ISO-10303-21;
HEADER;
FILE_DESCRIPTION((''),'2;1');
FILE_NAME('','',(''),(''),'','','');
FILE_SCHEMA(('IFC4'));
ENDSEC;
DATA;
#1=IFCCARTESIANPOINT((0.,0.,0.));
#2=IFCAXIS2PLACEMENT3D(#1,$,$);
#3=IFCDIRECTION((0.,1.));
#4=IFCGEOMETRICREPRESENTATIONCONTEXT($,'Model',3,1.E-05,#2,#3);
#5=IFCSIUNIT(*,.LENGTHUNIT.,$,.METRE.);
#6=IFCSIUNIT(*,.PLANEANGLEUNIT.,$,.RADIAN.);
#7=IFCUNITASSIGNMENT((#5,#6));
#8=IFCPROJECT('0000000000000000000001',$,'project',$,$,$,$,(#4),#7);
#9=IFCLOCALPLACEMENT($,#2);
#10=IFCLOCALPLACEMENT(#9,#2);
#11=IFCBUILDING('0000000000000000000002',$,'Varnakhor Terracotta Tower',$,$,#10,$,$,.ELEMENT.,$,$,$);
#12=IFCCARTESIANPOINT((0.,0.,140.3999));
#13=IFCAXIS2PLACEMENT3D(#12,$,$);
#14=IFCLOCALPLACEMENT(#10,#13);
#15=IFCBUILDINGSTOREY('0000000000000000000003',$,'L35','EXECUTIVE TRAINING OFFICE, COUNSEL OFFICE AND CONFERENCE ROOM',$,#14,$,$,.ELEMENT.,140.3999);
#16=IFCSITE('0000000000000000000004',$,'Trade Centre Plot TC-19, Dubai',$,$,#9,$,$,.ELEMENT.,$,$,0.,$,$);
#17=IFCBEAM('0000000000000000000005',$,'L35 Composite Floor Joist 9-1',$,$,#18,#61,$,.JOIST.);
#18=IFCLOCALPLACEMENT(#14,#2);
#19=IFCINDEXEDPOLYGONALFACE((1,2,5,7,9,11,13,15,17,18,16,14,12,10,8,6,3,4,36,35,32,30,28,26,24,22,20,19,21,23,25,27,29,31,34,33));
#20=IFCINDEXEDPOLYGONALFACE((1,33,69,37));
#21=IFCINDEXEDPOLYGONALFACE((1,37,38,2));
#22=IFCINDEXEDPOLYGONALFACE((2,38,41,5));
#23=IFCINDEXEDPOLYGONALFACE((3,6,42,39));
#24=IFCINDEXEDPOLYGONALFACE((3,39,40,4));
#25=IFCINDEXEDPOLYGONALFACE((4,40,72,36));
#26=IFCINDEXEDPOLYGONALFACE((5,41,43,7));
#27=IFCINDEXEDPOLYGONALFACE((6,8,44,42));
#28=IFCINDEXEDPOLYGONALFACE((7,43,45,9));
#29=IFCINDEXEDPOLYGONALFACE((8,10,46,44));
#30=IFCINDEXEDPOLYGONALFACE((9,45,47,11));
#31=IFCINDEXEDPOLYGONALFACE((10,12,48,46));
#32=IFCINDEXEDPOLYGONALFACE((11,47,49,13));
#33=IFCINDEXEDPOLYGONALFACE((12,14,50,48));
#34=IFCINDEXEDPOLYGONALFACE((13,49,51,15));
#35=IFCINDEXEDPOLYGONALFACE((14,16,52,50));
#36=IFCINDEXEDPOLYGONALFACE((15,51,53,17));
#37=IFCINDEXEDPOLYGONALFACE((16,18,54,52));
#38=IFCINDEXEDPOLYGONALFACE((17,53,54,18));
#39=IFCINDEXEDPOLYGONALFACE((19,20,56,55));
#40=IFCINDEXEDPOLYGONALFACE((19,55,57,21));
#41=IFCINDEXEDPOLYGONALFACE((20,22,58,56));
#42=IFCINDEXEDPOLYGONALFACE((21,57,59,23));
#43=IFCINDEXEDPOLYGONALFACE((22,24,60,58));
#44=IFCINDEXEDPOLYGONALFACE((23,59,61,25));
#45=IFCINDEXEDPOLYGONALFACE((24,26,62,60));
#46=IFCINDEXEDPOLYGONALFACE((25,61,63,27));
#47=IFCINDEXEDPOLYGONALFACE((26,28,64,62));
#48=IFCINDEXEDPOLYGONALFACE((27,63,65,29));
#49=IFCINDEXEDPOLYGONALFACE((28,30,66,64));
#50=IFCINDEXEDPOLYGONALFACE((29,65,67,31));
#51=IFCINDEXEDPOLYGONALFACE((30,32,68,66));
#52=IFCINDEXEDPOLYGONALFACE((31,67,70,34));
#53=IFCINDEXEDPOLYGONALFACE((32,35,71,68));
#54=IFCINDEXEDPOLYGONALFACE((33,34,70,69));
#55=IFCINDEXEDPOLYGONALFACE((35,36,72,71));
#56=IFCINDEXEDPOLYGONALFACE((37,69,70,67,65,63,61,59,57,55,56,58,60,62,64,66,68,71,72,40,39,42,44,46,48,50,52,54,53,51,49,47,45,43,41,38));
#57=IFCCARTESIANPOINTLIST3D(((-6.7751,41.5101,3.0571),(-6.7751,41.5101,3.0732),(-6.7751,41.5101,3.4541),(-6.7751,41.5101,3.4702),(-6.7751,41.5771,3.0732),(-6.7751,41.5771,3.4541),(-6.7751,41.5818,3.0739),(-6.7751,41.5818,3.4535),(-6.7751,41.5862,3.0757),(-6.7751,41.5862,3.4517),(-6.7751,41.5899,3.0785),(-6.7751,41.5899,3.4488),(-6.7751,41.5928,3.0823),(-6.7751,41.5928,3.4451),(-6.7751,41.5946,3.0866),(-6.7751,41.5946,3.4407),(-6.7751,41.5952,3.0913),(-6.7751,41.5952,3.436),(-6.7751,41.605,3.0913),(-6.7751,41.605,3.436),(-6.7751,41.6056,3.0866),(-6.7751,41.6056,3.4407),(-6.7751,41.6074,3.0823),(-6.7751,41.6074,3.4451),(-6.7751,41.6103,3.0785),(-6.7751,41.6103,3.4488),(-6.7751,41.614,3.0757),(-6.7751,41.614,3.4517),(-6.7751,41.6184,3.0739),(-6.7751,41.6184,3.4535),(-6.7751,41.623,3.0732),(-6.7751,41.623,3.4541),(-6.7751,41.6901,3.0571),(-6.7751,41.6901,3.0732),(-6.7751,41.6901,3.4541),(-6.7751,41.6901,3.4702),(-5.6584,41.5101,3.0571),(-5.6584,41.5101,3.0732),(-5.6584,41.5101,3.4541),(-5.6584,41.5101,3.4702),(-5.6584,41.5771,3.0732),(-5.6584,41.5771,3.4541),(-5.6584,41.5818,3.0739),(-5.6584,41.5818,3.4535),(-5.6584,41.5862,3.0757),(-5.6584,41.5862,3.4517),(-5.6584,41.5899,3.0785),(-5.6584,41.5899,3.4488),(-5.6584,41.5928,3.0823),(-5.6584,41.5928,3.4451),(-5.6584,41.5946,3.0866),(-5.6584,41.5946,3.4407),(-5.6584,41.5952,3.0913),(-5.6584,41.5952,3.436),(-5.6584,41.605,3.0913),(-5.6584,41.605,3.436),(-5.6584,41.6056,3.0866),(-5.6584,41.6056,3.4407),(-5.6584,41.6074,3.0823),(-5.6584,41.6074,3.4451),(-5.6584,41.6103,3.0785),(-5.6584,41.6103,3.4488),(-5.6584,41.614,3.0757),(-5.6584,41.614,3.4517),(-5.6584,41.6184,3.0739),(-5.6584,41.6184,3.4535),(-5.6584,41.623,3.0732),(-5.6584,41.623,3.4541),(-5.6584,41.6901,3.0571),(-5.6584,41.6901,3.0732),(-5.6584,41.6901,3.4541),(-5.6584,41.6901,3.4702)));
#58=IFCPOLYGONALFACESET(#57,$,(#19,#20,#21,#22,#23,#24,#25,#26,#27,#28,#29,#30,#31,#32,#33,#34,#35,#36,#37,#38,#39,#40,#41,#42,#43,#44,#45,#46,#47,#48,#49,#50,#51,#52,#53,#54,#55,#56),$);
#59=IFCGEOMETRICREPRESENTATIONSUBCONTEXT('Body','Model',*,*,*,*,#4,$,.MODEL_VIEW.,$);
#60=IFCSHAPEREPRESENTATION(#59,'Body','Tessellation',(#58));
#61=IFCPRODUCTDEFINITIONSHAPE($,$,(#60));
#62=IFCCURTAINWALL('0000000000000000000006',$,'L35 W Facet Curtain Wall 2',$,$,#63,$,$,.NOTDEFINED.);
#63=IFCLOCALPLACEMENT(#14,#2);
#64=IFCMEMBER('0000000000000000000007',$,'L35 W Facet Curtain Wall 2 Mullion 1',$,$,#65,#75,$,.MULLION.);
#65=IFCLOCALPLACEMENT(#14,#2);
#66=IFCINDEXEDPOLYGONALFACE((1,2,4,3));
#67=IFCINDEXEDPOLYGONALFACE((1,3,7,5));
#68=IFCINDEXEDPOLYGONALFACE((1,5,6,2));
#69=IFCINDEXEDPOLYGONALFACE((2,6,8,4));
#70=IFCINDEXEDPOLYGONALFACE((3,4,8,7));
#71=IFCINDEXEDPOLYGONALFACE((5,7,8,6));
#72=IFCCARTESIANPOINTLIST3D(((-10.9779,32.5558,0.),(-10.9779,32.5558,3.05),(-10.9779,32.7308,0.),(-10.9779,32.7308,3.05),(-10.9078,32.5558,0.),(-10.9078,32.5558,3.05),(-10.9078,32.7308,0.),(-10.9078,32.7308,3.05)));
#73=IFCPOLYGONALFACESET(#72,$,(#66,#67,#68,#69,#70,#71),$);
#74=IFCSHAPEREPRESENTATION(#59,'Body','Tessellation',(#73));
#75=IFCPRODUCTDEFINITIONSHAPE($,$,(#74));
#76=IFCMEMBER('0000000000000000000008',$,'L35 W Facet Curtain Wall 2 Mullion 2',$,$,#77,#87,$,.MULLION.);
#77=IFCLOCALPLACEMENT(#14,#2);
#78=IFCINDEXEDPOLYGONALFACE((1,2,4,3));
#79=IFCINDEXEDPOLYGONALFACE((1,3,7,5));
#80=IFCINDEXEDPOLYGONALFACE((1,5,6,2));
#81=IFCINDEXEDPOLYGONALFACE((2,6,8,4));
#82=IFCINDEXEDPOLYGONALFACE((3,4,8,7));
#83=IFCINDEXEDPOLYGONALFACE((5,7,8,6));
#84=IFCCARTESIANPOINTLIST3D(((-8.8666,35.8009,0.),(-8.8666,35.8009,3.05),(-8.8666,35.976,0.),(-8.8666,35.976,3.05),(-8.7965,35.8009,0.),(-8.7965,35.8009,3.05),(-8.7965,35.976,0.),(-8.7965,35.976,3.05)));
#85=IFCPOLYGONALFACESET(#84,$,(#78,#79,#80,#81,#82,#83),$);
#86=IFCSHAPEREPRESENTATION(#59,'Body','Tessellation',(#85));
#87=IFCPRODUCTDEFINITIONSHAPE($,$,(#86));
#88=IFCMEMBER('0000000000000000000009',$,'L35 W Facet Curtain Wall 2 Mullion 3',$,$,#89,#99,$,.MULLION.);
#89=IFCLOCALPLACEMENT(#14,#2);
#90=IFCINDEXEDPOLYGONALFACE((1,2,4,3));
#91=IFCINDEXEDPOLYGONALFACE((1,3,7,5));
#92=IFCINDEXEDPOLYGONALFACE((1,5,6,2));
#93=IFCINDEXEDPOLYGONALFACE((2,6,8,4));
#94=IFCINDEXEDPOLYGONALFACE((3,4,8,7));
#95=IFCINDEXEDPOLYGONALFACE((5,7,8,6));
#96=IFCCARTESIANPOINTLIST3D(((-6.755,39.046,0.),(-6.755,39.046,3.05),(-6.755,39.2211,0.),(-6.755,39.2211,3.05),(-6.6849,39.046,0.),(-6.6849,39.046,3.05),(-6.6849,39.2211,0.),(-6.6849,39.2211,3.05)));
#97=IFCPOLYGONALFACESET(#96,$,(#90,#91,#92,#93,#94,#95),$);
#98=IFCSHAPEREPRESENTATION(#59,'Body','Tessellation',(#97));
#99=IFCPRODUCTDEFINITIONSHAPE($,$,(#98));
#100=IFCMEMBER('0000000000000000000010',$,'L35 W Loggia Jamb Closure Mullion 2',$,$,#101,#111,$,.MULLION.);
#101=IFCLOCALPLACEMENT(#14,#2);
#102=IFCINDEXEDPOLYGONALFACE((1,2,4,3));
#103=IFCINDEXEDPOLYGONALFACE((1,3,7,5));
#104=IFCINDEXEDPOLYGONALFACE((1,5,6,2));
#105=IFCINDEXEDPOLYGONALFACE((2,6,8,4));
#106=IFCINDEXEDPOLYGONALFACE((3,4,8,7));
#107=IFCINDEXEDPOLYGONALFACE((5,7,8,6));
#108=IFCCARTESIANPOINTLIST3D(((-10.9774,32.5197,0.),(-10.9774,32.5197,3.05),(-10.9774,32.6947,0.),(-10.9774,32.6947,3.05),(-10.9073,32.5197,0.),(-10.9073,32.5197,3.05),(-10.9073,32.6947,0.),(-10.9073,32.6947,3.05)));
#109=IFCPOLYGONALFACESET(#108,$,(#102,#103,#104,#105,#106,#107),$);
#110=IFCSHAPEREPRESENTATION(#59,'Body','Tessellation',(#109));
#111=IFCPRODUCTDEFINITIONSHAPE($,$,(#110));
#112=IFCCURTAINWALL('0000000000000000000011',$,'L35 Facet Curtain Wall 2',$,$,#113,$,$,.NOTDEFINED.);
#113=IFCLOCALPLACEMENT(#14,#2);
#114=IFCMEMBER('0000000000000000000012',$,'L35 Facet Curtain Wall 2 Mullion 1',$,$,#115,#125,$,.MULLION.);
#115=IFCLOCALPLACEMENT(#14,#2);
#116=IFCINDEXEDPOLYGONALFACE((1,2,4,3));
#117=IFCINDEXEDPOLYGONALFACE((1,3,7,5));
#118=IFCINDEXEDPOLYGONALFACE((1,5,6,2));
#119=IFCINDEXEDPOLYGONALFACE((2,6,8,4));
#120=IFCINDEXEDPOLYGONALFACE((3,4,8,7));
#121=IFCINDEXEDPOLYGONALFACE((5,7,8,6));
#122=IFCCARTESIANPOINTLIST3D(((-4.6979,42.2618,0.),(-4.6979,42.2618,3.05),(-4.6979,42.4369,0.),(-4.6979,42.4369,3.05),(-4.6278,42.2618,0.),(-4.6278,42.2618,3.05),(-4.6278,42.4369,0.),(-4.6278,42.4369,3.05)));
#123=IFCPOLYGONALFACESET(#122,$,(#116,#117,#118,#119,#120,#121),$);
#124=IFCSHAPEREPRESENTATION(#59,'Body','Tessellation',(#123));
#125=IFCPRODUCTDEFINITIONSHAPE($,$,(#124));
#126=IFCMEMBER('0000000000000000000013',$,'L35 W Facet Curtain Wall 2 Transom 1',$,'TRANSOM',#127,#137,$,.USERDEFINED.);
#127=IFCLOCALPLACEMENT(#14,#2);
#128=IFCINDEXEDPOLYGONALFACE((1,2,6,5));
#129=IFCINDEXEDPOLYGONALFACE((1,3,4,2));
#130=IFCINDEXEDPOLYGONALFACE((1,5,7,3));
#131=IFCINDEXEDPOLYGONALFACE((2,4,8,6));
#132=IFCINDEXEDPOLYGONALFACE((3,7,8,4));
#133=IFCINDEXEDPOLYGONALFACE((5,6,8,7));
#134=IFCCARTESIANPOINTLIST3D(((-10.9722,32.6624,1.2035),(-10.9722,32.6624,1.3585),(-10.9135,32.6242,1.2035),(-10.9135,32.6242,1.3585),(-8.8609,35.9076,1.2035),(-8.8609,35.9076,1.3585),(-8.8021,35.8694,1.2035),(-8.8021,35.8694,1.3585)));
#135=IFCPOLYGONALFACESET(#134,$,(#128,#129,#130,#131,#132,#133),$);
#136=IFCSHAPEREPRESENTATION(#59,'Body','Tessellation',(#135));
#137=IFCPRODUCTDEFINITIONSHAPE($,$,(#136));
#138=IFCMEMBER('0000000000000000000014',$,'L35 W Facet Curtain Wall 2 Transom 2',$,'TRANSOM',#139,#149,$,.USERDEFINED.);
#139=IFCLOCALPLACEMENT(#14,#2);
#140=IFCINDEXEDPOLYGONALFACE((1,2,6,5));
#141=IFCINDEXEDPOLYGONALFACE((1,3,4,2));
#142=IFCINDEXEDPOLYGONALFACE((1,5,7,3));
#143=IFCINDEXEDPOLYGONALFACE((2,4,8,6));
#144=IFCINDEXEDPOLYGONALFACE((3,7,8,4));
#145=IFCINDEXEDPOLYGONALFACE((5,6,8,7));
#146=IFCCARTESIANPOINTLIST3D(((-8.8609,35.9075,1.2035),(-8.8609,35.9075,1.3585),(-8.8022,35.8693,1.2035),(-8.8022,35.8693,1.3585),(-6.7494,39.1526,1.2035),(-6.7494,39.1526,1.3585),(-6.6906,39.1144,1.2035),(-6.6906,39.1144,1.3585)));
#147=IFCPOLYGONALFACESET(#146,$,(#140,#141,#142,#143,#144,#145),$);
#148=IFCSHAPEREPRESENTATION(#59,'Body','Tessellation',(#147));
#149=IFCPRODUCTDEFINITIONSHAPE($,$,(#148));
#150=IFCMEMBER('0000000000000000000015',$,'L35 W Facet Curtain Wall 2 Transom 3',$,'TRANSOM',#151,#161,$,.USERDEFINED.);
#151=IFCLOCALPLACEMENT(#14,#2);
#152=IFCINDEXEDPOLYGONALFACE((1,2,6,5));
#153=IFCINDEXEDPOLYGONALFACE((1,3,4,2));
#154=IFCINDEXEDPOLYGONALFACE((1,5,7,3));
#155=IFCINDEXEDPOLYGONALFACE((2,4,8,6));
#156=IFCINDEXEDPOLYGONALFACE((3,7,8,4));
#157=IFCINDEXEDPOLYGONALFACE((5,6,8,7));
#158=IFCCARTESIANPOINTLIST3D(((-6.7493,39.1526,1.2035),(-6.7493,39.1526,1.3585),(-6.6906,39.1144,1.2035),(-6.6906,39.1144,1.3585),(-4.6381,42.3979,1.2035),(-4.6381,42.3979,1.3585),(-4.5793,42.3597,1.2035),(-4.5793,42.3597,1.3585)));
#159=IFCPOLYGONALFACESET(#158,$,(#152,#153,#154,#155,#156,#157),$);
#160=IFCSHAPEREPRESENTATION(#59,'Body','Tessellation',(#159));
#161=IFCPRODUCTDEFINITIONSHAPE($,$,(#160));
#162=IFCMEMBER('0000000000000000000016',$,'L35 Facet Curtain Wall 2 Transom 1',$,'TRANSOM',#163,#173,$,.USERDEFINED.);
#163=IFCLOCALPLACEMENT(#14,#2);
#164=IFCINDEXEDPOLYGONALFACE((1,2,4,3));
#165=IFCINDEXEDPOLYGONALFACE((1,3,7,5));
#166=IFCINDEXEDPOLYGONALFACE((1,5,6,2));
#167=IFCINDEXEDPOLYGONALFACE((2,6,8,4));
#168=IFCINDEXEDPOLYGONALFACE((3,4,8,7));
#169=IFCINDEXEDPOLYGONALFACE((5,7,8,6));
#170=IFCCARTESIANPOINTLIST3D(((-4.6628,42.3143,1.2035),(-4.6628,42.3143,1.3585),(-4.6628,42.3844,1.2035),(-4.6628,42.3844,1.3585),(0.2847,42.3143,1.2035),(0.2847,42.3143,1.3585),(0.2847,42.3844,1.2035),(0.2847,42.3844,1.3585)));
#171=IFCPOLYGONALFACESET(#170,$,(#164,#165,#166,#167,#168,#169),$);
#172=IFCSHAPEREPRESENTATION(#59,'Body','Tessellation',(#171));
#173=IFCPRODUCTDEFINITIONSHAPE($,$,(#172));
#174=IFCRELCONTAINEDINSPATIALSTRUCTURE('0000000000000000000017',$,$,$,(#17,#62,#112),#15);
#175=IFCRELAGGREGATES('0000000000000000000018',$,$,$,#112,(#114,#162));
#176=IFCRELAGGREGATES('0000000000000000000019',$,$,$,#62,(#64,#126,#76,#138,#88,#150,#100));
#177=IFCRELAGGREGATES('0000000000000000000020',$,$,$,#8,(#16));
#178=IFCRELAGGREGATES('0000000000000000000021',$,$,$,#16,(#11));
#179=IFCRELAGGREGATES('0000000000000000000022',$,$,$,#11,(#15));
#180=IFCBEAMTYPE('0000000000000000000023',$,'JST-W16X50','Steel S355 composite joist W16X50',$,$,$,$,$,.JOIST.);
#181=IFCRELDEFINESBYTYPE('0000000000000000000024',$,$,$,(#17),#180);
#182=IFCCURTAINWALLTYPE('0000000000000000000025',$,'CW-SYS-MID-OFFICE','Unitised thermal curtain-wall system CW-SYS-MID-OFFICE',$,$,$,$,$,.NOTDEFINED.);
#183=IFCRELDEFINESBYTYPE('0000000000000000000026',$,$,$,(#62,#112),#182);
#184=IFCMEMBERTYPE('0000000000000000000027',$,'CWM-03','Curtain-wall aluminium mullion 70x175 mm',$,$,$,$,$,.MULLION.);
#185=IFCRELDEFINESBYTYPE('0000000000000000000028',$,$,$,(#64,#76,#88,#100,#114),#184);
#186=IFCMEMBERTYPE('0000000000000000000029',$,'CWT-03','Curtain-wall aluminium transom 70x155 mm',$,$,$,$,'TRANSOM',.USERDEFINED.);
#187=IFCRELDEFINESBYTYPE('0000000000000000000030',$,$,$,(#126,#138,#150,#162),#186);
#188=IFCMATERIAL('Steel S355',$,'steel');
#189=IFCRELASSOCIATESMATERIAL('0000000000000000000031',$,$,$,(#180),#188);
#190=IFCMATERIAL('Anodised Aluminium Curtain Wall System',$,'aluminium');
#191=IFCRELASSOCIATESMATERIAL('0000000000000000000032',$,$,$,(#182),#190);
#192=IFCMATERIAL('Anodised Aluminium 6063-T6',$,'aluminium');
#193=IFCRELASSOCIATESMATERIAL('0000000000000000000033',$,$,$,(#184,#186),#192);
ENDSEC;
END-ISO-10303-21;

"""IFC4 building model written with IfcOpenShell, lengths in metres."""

from ifc_helpers import new_model, si_unit, direction, frame, origin, origin_2d, place, context, subcontext, project, spatial, rectangle, i_section, extrude, source, transform, mapped, material, material_profile, profile_set, type_object, element, aggregate, save


model = new_model("IFC4")

# Units and contexts
model_context = context("Model", 3, precision=1e-05, world=origin(), true_north=direction((0.0, 1.0)))
body_context = subcontext(model_context, "Body", "Model", "MODEL_VIEW")
ifc_project = project(units=[si_unit("LENGTHUNIT", "METRE"), si_unit("PLANEANGLEUNIT", "RADIAN")], contexts=[model_context])

# Site, building, storey
site_placement = place(None, origin())
site = spatial("IfcSite", under=ifc_project, at=site_placement, Name="Trade Centre Plot TC-19, Dubai", CompositionType="ELEMENT", RefElevation=0.0)
building_placement = place(site_placement, origin())
building = spatial("IfcBuilding", under=site, at=building_placement, Name="Varnakhor Terracotta Tower", CompositionType="ELEMENT")
storey_placement = place(building_placement, frame((0.0, 0.0, 140.3999)))
storey = spatial("IfcBuildingStorey", under=building, at=storey_placement, Name="L35", Description="EXECUTIVE TRAINING OFFICE, COUNSEL OFFICE AND CONFERENCE ROOM", CompositionType="ELEMENT", Elevation=140.3999)

# Beam
ifc_material_1 = material(Name="Steel S355", Category="steel")
ifc_material_profile_1 = material_profile(ifc_material_1, i_section(OverallWidth=0.1799, OverallDepth=0.4131, WebThickness=0.0098, FlangeThickness=0.0161, FilletRadius=0.0181, at=origin_2d()), Name="W16X50")
ifc_profile_set_1 = profile_set([ifc_material_profile_1], Name="Steel S355")
beam_type_1 = type_object("IfcBeamType", Name="JST-W16X50", Description="Steel S355 composite joist W16X50", PredefinedType="JOIST", material=ifc_profile_set_1)
shared_shape_1 = source(origin(), body_context, "Body", "SweptSolid", [
    extrude(i_section(OverallWidth=0.1799, OverallDepth=0.4131, WebThickness=0.0098, FlangeThickness=0.0161, FilletRadius=0.0181, at=origin_2d()), origin(), (0.0, 0.0, 1.0), 1.1167),
])
beam_1_placement = place(storey_placement, frame((-6.7751, 41.6001, 3.2637), z_axis=(1.0, 0.0, 0.0), x_axis=(0.0, 1.0, 0.0)))
element("IfcBeam", 1, at=beam_1_placement, inside=storey, type_object=beam_type_1, Name="L35 Composite Floor Joist 9-1", PredefinedType="JOIST", context=body_context, shape_type="MappedRepresentation", body=[
    mapped(shared_shape_1, transform((0.0, 0.0, 0.0), scale=1.0)),
])

# Curtain wall, members
ifc_material_2 = material(Name="Anodised Aluminium Curtain Wall System", Category="aluminium")
curtain_wall_type = type_object("IfcCurtainWallType", Name="CW-SYS-MID-OFFICE", Description="Unitised thermal curtain-wall system CW-SYS-MID-OFFICE", PredefinedType="NOTDEFINED", material=ifc_material_2)
curtain_wall_1_placement = place(storey_placement, origin())
curtain_wall_1 = element("IfcCurtainWall", 2, at=curtain_wall_1_placement, inside=storey, type_object=curtain_wall_type, Name="L35 W Facet Curtain Wall 2", PredefinedType="NOTDEFINED")
ifc_material_3 = material(Name="Anodised Aluminium 6063-T6", Category="aluminium")
ifc_material_profile_2 = material_profile(ifc_material_3, rectangle(XDim=0.0701, YDim=0.175, at=origin_2d()), Name="ALU MULLION 70x175")
ifc_profile_set_2 = profile_set([ifc_material_profile_2], Name="Anodised Aluminium 6063-T6")
member_type_1 = type_object("IfcMemberType", Name="CWM-03", Description="Curtain-wall aluminium mullion 70x175 mm", PredefinedType="MULLION", material=ifc_profile_set_2)
shared_shape_2 = source(origin(), body_context, "Body", "SweptSolid", [
    extrude(rectangle(XDim=0.0701, YDim=0.175, at=origin_2d()), origin(), (0.0, 0.0, 1.0), 3.05),
])
member_1_placement = place(storey_placement, frame((-10.9429, 32.6433, 0.0), z_axis=(0.0, 0.0, 1.0), x_axis=(1.0, 0.0, 0.0)))
member_1 = element("IfcMember", 3, at=member_1_placement, type_object=member_type_1, Name="L35 W Facet Curtain Wall 2 Mullion 1", PredefinedType="MULLION", context=body_context, shape_type="MappedRepresentation", body=[
    mapped(shared_shape_2, transform((0.0, 0.0, 0.0), scale=1.0)),
])
member_2_placement = place(storey_placement, frame((-8.8315, 35.8884, 0.0), z_axis=(0.0, 0.0, 1.0), x_axis=(1.0, 0.0, 0.0)))
member_2 = element("IfcMember", 4, at=member_2_placement, type_object=member_type_1, Name="L35 W Facet Curtain Wall 2 Mullion 2", PredefinedType="MULLION", context=body_context, shape_type="MappedRepresentation", body=[
    mapped(shared_shape_2, transform((0.0, 0.0, 0.0), scale=1.0)),
])
member_3_placement = place(storey_placement, frame((-6.72, 39.1335, 0.0), z_axis=(0.0, 0.0, 1.0), x_axis=(1.0, 0.0, 0.0)))
member_3 = element("IfcMember", 5, at=member_3_placement, type_object=member_type_1, Name="L35 W Facet Curtain Wall 2 Mullion 3", PredefinedType="MULLION", context=body_context, shape_type="MappedRepresentation", body=[
    mapped(shared_shape_2, transform((0.0, 0.0, 0.0), scale=1.0)),
])
member_4_placement = place(storey_placement, frame((-10.9424, 32.6072, 0.0), z_axis=(0.0, 0.0, 1.0), x_axis=(1.0, 0.0, 0.0)))
member_4 = element("IfcMember", 6, at=member_4_placement, type_object=member_type_1, Name="L35 W Loggia Jamb Closure Mullion 2", PredefinedType="MULLION", context=body_context, shape_type="MappedRepresentation", body=[
    mapped(shared_shape_2, transform((0.0, 0.0, 0.0), scale=1.0)),
])

# Curtain wall, member
curtain_wall_2_placement = place(storey_placement, origin())
curtain_wall_2 = element("IfcCurtainWall", 7, at=curtain_wall_2_placement, inside=storey, type_object=curtain_wall_type, Name="L35 Facet Curtain Wall 2", PredefinedType="NOTDEFINED")
member_5_placement = place(storey_placement, frame((-4.6628, 42.3494, 0.0), z_axis=(0.0, 0.0, 1.0), x_axis=(1.0, 0.0, 0.0)))
member_5 = element("IfcMember", 8, at=member_5_placement, type_object=member_type_1, Name="L35 Facet Curtain Wall 2 Mullion 1", PredefinedType="MULLION", context=body_context, shape_type="MappedRepresentation", body=[
    mapped(shared_shape_2, transform((0.0, 0.0, 0.0), scale=1.0)),
])

# Members
ifc_material_profile_3 = material_profile(ifc_material_3, rectangle(XDim=0.0701, YDim=0.155, at=origin_2d()), Name="ALU TRANSOM 70x155")
ifc_profile_set_3 = profile_set([ifc_material_profile_3], Name="Anodised Aluminium 6063-T6")
member_type_2 = type_object("IfcMemberType", Name="CWT-03", Description="Curtain-wall aluminium transom 70x155 mm", ElementType="TRANSOM", PredefinedType="USERDEFINED", material=ifc_profile_set_3)
shared_shape_3 = source(origin(), body_context, "Body", "SweptSolid", [
    extrude(rectangle(XDim=0.0701, YDim=0.155, at=origin_2d()), origin(), (0.0, 0.0, 1.0), 3.8716),
])
member_6_placement = place(storey_placement, frame((-10.9429, 32.6433, 1.281), z_axis=(0.545352, 0.838207, 0.0), x_axis=(-0.838207, 0.545352, 0.0)))
member_6 = element("IfcMember", 9, at=member_6_placement, type_object=member_type_2, Name="L35 W Facet Curtain Wall 2 Transom 1", ObjectType="TRANSOM", PredefinedType="USERDEFINED", context=body_context, shape_type="MappedRepresentation", body=[
    mapped(shared_shape_3, transform((0.0, 0.0, 0.0), scale=1.0)),
])
member_7_placement = place(storey_placement, frame((-8.8315, 35.8884, 1.281), z_axis=(0.545396, 0.838178, 0.0), x_axis=(-0.838178, 0.545396, 0.0)))
member_7 = element("IfcMember", 10, at=member_7_placement, type_object=member_type_2, Name="L35 W Facet Curtain Wall 2 Transom 2", ObjectType="TRANSOM", PredefinedType="USERDEFINED", context=body_context, shape_type="MappedRepresentation", body=[
    mapped(shared_shape_3, transform((0.0, 0.0, 0.0), scale=1.0)),
])
member_8_placement = place(storey_placement, frame((-6.72, 39.1335, 1.281), z_axis=(0.545323, 0.838226, 0.0), x_axis=(-0.838226, 0.545323, 0.0)))
member_8 = element("IfcMember", 11, at=member_8_placement, type_object=member_type_2, Name="L35 W Facet Curtain Wall 2 Transom 3", ObjectType="TRANSOM", PredefinedType="USERDEFINED", context=body_context, shape_type="MappedRepresentation", body=[
    mapped(shared_shape_3, transform((0.0, 0.0, 0.0), scale=1.0)),
])
shared_shape_4 = source(origin(), body_context, "Body", "SweptSolid", [
    extrude(rectangle(XDim=0.0701, YDim=0.155, at=origin_2d()), origin(), (0.0, 0.0, 1.0), 4.9475),
])
member_9_placement = place(storey_placement, frame((-4.6628, 42.3494, 1.281), z_axis=(1.0, 0.0, 0.0), x_axis=(0.0, 1.0, 0.0)))
member_9 = element("IfcMember", 12, at=member_9_placement, type_object=member_type_2, Name="L35 Facet Curtain Wall 2 Transom 1", ObjectType="TRANSOM", PredefinedType="USERDEFINED", context=body_context, shape_type="MappedRepresentation", body=[
    mapped(shared_shape_4, transform((0.0, 0.0, 0.0), scale=1.0)),
])
aggregate(curtain_wall_2, [member_5, member_9])

aggregate(curtain_wall_1, [member_1, member_6, member_2, member_7, member_3, member_8, member_4])

save(model, "model.ifc")
